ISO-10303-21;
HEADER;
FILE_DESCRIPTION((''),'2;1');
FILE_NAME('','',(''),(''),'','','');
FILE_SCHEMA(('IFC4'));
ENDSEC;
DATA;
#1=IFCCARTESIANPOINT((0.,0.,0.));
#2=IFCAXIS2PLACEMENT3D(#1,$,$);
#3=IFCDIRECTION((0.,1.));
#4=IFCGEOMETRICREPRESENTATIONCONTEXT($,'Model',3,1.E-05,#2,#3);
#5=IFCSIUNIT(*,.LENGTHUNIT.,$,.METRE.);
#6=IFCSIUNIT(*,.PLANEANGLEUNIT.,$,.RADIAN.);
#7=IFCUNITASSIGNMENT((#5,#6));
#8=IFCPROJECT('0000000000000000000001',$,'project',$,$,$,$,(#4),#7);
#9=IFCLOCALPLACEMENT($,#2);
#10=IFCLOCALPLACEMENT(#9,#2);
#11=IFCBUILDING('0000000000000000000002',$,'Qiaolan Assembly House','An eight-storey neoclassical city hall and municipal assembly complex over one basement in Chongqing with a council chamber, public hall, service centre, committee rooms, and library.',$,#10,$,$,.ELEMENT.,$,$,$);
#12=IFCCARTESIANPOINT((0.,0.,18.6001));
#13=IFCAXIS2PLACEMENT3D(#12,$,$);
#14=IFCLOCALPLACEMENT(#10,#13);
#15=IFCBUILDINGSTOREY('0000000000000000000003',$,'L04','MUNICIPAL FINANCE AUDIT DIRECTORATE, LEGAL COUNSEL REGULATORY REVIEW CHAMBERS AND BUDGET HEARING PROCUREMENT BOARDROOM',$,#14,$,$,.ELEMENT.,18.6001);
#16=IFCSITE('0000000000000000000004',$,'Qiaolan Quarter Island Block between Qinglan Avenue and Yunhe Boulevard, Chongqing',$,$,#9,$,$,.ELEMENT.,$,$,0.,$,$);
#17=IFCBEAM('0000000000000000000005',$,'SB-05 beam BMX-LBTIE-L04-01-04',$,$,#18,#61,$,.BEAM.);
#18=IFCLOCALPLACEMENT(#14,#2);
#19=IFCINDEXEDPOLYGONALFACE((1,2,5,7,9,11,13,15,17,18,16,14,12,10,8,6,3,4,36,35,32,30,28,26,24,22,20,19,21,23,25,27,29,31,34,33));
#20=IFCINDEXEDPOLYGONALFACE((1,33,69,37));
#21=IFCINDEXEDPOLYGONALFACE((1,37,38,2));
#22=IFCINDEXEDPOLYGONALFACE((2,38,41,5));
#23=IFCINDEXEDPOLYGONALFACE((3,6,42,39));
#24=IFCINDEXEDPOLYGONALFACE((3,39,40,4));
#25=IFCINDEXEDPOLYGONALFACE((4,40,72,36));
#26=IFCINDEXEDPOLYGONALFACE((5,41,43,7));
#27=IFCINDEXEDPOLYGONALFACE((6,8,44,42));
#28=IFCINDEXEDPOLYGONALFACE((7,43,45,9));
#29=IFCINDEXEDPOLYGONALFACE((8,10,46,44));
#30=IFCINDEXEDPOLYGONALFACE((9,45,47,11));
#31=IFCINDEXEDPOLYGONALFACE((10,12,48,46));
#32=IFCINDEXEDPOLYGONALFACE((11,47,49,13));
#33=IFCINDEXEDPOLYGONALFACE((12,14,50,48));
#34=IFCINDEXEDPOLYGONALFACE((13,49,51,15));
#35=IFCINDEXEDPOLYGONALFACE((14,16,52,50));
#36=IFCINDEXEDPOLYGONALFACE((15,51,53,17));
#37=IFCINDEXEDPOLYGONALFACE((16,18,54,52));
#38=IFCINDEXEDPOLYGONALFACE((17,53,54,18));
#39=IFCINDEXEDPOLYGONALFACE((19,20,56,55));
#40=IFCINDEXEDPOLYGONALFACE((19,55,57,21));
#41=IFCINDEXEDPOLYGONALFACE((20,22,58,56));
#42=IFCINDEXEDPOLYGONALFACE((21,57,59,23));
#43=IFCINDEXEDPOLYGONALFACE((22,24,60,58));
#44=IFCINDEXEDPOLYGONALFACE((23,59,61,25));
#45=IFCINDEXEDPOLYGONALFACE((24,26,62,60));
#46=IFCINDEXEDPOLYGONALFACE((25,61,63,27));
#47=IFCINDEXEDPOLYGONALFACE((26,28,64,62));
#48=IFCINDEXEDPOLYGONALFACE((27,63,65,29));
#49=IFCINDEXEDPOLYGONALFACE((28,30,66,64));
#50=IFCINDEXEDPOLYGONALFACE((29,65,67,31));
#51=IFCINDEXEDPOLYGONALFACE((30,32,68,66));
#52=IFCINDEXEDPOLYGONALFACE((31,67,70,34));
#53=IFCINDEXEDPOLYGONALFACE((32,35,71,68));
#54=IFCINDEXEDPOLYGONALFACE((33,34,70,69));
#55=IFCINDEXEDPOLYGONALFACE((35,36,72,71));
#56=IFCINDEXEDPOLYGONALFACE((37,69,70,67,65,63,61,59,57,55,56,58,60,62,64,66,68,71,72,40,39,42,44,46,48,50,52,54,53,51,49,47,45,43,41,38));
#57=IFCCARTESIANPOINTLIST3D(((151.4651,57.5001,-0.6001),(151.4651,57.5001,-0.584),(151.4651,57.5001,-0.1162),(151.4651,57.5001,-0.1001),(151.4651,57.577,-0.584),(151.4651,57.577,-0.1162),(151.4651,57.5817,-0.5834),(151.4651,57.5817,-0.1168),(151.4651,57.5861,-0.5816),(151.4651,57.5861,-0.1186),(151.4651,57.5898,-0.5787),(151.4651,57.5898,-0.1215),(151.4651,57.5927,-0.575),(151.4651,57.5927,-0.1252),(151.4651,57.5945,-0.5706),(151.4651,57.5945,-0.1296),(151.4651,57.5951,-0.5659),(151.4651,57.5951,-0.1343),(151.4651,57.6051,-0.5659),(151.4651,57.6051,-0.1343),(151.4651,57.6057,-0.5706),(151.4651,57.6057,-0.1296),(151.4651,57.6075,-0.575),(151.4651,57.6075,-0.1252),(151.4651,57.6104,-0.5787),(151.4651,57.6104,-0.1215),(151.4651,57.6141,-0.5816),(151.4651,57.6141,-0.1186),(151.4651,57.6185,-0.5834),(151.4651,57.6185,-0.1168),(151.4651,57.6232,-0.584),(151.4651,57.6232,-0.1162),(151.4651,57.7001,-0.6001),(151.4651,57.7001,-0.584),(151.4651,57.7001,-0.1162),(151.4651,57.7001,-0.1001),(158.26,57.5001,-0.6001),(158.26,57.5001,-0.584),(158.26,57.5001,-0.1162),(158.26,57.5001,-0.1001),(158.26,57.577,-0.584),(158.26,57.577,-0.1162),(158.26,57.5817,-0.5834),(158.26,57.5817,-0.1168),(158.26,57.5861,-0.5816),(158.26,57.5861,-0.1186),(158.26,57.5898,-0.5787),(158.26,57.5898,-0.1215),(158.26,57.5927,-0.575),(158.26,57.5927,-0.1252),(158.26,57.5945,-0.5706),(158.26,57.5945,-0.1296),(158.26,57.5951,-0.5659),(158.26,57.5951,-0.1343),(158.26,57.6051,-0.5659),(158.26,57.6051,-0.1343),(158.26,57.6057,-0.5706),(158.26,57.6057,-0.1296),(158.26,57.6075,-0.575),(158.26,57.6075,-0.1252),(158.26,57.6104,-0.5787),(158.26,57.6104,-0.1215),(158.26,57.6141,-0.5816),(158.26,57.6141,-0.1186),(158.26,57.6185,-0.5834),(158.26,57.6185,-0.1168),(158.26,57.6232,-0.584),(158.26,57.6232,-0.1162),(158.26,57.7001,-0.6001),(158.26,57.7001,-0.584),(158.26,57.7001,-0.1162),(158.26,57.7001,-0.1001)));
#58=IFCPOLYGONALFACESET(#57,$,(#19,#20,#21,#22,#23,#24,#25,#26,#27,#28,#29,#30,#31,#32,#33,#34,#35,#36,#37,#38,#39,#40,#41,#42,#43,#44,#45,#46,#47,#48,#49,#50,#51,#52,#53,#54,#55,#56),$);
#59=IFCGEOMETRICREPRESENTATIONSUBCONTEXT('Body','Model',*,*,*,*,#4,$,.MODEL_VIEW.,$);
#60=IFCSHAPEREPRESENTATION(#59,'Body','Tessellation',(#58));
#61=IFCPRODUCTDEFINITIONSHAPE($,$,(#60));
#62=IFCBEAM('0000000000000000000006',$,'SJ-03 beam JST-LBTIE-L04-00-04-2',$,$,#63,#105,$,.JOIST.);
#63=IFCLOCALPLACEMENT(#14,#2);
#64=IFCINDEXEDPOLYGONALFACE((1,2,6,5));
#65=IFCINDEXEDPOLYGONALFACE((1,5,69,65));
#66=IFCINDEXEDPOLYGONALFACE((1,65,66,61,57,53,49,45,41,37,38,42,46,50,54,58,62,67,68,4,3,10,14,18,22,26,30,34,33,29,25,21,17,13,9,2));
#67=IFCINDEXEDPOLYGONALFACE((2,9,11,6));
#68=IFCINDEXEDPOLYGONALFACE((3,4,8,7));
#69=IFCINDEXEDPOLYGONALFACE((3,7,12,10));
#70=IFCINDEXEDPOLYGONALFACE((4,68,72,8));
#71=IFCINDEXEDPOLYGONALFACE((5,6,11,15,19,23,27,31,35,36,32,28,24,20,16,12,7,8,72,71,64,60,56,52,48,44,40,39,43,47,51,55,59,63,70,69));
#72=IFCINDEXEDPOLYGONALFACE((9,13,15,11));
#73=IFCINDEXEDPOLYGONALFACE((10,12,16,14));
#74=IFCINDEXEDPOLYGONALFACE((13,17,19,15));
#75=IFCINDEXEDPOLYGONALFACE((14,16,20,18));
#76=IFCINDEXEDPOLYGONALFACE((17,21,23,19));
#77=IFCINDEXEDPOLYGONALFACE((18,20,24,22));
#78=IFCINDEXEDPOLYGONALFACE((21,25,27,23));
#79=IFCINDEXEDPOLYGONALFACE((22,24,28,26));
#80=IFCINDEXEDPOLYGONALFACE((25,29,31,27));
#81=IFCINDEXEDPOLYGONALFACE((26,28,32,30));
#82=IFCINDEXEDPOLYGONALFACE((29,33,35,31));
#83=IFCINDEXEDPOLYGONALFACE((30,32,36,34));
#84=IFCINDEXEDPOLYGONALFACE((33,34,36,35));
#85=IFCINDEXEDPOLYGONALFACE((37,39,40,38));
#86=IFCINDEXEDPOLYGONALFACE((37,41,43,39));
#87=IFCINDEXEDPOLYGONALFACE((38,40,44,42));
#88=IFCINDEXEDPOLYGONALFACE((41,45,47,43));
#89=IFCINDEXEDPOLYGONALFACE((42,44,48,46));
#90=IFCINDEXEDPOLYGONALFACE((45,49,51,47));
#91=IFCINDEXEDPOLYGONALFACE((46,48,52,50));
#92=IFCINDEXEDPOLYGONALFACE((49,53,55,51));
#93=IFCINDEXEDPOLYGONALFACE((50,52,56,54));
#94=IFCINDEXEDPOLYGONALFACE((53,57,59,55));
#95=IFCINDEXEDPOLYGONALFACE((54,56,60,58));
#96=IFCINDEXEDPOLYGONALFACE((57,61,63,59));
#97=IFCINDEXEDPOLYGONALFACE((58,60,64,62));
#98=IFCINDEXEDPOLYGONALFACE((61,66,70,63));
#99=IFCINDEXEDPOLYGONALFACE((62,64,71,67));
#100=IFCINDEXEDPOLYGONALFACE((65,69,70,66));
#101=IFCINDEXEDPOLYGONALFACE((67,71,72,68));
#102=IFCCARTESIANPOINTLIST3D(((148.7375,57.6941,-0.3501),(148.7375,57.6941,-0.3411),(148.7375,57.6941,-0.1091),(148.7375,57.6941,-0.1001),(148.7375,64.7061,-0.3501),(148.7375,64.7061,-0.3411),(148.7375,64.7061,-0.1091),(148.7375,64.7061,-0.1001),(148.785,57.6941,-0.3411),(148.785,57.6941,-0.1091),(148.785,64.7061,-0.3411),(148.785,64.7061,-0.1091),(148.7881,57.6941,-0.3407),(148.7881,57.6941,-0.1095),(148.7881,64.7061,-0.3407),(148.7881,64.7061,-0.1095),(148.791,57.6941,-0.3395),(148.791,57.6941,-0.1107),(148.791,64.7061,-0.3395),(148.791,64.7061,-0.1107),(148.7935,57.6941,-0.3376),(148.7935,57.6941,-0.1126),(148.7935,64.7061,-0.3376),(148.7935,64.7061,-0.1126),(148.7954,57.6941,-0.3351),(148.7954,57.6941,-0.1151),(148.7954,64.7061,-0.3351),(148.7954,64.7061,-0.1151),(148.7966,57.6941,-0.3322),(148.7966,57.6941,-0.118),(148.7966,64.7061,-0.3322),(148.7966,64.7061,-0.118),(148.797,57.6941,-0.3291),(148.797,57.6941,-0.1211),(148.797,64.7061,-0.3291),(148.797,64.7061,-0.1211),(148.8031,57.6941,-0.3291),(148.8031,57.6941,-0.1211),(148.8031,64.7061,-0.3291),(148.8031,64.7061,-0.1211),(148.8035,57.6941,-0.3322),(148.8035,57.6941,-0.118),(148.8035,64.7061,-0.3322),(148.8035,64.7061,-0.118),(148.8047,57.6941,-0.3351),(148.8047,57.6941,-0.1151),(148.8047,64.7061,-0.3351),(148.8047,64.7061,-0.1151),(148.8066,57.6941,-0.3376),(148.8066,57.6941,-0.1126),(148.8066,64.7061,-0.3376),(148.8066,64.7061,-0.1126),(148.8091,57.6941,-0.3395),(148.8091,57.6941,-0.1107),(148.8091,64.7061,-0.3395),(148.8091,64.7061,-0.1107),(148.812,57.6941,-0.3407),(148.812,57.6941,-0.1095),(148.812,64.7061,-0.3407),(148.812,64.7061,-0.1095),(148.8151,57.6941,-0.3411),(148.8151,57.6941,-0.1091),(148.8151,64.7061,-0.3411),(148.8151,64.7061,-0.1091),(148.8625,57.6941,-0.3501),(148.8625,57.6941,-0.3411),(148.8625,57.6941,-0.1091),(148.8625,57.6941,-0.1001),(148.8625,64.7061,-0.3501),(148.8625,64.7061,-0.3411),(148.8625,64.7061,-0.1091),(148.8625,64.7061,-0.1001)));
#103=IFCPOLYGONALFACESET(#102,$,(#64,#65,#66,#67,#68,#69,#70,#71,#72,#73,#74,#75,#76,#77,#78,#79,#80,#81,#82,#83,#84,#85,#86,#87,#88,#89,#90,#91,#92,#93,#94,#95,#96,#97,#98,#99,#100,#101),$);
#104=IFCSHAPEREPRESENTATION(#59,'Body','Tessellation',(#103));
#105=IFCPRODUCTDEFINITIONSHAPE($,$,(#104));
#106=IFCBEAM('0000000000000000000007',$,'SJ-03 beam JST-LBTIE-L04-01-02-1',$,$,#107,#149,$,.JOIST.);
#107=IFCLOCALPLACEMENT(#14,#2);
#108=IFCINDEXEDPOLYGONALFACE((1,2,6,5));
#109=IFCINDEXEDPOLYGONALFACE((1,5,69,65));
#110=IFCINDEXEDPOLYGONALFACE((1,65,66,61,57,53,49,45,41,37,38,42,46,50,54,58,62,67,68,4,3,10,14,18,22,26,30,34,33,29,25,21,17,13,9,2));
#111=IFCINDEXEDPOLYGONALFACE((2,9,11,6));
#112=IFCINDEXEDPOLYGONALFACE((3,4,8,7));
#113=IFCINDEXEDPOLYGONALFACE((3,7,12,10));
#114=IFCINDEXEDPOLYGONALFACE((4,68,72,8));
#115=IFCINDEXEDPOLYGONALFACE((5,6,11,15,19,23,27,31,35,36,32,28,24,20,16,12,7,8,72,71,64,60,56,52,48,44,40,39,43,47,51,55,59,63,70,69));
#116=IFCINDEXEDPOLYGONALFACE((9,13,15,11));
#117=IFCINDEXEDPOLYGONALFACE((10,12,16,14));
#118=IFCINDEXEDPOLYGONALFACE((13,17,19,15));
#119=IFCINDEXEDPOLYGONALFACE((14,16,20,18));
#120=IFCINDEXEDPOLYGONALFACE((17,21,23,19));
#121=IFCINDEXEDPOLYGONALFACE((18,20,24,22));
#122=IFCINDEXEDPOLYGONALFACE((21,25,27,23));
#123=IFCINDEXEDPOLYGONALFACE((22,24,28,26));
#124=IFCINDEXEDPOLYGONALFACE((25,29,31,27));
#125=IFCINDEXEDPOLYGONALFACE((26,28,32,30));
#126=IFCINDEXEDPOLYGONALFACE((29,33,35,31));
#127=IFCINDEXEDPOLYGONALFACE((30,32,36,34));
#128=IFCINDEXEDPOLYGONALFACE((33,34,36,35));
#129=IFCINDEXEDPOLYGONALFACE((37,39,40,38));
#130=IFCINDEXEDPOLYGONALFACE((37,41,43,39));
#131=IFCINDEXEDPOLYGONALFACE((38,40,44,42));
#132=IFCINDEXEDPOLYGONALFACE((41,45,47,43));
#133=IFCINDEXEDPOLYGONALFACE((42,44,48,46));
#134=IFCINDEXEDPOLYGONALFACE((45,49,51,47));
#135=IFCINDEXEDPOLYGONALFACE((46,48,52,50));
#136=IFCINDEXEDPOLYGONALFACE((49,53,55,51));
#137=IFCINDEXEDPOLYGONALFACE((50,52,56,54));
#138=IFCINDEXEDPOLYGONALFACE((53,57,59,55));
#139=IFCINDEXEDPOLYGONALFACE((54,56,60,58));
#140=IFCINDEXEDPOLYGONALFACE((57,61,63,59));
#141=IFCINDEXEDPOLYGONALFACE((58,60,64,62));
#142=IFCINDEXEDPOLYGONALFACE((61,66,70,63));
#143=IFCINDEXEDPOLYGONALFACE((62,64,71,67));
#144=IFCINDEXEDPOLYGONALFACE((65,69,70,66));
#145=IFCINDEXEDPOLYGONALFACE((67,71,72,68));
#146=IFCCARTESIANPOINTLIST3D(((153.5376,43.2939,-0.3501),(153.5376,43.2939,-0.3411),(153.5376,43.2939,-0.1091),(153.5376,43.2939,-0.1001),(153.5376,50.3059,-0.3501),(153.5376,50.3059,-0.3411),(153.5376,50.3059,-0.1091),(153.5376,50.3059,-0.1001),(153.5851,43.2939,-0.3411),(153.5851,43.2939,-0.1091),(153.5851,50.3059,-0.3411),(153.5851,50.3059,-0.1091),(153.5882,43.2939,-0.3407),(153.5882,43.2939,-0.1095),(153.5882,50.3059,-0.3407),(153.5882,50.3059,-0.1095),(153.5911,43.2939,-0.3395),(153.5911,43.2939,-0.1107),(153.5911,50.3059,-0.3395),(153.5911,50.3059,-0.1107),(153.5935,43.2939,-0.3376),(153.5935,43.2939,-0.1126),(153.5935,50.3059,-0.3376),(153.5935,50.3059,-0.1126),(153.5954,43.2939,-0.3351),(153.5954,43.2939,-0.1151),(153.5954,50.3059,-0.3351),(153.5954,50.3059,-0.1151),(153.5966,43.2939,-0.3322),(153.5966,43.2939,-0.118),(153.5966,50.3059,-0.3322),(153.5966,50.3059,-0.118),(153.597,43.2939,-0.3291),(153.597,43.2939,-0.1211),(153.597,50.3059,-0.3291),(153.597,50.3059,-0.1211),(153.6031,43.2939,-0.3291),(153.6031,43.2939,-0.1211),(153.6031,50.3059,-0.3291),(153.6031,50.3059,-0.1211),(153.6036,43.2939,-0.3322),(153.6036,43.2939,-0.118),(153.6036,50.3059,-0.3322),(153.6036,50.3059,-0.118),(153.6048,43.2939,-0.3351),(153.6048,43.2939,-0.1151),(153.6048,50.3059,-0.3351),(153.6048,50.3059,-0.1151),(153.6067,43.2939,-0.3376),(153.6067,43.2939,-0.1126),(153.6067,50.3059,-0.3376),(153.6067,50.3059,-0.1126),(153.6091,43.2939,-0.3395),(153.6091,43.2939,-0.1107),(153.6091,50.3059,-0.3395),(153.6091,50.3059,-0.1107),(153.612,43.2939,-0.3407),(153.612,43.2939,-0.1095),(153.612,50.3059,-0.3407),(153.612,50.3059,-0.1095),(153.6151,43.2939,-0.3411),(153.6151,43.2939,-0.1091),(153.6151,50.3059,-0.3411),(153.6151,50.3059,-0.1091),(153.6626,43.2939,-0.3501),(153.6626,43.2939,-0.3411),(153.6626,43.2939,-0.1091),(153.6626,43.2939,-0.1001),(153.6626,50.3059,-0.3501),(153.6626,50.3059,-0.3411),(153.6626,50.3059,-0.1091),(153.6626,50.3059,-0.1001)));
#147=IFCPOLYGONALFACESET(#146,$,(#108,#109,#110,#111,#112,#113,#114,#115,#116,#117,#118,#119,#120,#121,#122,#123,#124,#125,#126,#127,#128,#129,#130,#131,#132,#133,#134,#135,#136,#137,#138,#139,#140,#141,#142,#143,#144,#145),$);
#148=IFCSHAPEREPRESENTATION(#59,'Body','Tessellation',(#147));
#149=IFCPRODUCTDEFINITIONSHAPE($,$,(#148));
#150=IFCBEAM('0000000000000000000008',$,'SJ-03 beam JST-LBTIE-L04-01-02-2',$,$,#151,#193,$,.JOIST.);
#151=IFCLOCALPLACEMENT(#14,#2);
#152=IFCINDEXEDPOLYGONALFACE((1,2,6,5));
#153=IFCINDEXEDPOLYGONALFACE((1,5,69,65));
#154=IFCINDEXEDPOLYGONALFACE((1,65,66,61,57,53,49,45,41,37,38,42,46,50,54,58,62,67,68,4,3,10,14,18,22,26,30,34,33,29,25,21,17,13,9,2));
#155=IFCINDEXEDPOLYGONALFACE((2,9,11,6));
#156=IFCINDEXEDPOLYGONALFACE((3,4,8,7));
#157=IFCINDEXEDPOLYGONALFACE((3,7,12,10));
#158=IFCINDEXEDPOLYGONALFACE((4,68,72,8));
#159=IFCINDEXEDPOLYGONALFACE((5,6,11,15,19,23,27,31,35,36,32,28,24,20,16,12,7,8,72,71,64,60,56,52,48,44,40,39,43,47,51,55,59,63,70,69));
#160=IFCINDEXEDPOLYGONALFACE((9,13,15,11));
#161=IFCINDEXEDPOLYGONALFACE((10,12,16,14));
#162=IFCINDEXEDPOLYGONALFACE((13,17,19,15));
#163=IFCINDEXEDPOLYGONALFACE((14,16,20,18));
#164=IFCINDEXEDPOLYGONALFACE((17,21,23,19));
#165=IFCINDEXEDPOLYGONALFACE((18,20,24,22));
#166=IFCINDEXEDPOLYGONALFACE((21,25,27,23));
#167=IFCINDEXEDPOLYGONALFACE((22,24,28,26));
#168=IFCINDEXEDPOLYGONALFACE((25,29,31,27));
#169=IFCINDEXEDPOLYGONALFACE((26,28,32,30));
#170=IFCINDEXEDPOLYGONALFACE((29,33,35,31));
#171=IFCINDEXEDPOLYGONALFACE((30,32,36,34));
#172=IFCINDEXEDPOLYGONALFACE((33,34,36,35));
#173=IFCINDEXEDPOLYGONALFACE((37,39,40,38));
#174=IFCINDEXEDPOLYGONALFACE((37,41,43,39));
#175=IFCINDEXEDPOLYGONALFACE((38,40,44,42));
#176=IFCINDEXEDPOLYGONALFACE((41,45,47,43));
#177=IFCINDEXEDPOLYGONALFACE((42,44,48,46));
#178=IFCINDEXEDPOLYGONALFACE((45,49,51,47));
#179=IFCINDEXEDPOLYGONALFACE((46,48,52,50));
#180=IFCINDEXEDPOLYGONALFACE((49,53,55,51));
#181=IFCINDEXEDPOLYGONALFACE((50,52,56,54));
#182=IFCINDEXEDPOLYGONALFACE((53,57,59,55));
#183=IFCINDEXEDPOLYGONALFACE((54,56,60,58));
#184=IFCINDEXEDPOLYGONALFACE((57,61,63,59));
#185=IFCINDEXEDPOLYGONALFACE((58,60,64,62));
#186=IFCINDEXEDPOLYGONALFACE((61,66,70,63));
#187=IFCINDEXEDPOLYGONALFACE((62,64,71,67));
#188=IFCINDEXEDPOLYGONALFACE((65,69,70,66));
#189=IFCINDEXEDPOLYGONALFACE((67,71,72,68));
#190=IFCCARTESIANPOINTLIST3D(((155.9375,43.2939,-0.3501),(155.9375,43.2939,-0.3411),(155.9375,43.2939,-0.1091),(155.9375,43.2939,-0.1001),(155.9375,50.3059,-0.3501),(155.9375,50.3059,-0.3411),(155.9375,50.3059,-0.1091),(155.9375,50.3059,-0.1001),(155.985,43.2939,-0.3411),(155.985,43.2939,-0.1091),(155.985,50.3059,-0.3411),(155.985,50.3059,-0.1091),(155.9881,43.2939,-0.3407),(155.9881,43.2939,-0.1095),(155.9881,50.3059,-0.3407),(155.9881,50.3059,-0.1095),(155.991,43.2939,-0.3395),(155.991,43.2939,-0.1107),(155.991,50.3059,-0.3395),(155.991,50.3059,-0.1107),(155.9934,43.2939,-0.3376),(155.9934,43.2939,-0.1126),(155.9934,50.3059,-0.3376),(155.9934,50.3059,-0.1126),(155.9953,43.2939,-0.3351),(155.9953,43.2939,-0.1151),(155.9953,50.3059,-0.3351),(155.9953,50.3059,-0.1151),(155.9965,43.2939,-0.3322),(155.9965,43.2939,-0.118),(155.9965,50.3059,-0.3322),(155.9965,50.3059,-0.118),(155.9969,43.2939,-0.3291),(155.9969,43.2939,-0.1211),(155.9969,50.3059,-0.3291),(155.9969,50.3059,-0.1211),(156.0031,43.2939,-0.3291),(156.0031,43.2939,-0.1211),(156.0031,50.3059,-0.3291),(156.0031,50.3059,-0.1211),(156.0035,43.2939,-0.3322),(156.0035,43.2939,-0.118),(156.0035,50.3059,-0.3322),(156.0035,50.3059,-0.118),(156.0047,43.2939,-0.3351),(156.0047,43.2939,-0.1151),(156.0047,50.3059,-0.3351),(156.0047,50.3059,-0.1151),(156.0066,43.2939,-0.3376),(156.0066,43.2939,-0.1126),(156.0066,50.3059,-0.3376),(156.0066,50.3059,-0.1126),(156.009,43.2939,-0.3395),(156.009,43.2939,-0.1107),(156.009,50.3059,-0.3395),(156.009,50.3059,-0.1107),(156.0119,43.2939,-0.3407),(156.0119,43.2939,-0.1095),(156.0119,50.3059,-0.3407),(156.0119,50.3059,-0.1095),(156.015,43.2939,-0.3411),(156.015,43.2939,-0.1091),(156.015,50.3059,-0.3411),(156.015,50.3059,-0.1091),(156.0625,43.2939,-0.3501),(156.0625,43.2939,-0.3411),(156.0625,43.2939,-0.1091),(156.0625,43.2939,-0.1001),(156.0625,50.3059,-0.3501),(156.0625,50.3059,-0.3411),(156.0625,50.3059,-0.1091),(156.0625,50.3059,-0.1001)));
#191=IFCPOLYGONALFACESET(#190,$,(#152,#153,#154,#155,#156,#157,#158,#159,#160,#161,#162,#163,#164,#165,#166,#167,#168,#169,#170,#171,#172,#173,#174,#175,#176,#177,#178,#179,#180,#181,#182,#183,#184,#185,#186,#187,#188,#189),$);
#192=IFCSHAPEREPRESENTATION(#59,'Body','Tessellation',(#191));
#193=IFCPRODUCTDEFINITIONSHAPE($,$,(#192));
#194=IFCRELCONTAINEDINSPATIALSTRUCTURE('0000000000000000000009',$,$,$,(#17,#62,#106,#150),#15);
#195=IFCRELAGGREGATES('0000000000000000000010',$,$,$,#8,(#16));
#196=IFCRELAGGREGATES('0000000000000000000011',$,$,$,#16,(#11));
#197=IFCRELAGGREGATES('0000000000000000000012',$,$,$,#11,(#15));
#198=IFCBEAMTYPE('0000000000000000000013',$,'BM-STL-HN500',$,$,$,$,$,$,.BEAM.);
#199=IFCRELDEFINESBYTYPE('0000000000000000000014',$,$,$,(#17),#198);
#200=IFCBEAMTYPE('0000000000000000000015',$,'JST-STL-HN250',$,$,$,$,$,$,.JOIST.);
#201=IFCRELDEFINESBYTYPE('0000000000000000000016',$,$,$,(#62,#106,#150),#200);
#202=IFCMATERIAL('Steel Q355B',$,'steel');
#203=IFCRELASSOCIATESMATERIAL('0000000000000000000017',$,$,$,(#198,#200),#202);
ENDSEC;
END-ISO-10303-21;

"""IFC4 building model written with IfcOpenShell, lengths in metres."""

from ifc_helpers import new_model, si_unit, direction, frame, origin, origin_2d, place, context, subcontext, project, spatial, i_section, extrude, material, material_profile, profile_set, type_object, element, save


model = new_model("IFC4")

# Units and contexts
model_context = context("Model", 3, precision=1e-05, world=origin(), true_north=direction((0.0, 1.0)))
body_context = subcontext(model_context, "Body", "Model", "MODEL_VIEW")
ifc_project = project(units=[si_unit("LENGTHUNIT", "METRE"), si_unit("PLANEANGLEUNIT", "RADIAN")], contexts=[model_context])

# Site, building, storey
site_placement = place(None, origin())
site = spatial("IfcSite", under=ifc_project, at=site_placement, Name="Qiaolan Quarter Island Block between Qinglan Avenue and Yunhe Boulevard, Chongqing", CompositionType="ELEMENT", RefElevation=0.0)
building_placement = place(site_placement, origin())
building = spatial("IfcBuilding", under=site, at=building_placement, Name="Qiaolan Assembly House", Description="An eight-storey neoclassical city hall and municipal assembly complex over one basement in Chongqing with a council chamber, public hall, service centre, committee rooms, and library.", CompositionType="ELEMENT")
storey_placement = place(building_placement, frame((0.0, 0.0, 18.6001)))
storey = spatial("IfcBuildingStorey", under=building, at=storey_placement, Name="L04", Description="MUNICIPAL FINANCE AUDIT DIRECTORATE, LEGAL COUNSEL REGULATORY REVIEW CHAMBERS AND BUDGET HEARING PROCUREMENT BOARDROOM", CompositionType="ELEMENT", Elevation=18.6001)

# Beams
ifc_material = material(Name="Steel Q355B", Category="steel")
ifc_material_profile_1 = material_profile(ifc_material, i_section(OverallWidth=0.2, OverallDepth=0.5, WebThickness=0.01, FlangeThickness=0.0161, FilletRadius=0.0181, at=origin_2d()), Name="HN 500x200x10x16")
ifc_profile_set_1 = profile_set([ifc_material_profile_1], Name="Steel Q355B")
beam_type_1 = type_object("IfcBeamType", Name="BM-STL-HN500", PredefinedType="BEAM", material=ifc_profile_set_1)
for number, where, z_axis, x_axis, name in (
    (1, (151.4651, 57.6001, -0.3501), (1.0, 0.0, 0.0), (0.0, 1.0, 0.0), "SB-05 beam BMX-LBTIE-L04-01-04"),
):
    element("IfcBeam", number, at=place(storey_placement, frame(where, z_axis=z_axis, x_axis=x_axis)), inside=storey, type_object=beam_type_1, Name=name, PredefinedType="BEAM", context=body_context, shape_type="SweptSolid", body=[
        extrude(i_section(OverallWidth=0.2, OverallDepth=0.5, WebThickness=0.01, FlangeThickness=0.0161, FilletRadius=0.0181, at=origin_2d()), origin(), (0.0, 0.0, 1.0), 6.7949),
    ])
ifc_material_profile_2 = material_profile(ifc_material, i_section(OverallWidth=0.125, OverallDepth=0.25, WebThickness=0.0061, FlangeThickness=0.009, FilletRadius=0.012, at=origin_2d()), Name="HN 250x125x6x9")
ifc_profile_set_2 = profile_set([ifc_material_profile_2], Name="Steel Q355B")
beam_type_2 = type_object("IfcBeamType", Name="JST-STL-HN250", PredefinedType="JOIST", material=ifc_profile_set_2)
for number, where, z_axis, x_axis, name in (
    (2, (148.8, 57.6941, -0.2251), (0.0, 1.0, 0.0), (-1.0, 0.0, 0.0), "SJ-03 beam JST-LBTIE-L04-00-04-2"),
    (3, (153.6001, 43.2939, -0.2251), (0.0, 1.0, 0.0), (-1.0, 0.0, 0.0), "SJ-03 beam JST-LBTIE-L04-01-02-1"),
    (4, (156.0, 43.2939, -0.2251), (0.0, 1.0, 0.0), (-1.0, 0.0, 0.0), "SJ-03 beam JST-LBTIE-L04-01-02-2"),
):
    element("IfcBeam", number, at=place(storey_placement, frame(where, z_axis=z_axis, x_axis=x_axis)), inside=storey, type_object=beam_type_2, Name=name, PredefinedType="JOIST", context=body_context, shape_type="SweptSolid", body=[
        extrude(i_section(OverallWidth=0.125, OverallDepth=0.25, WebThickness=0.0061, FlangeThickness=0.009, FilletRadius=0.012, at=origin_2d()), origin(), (0.0, 0.0, 1.0), 7.012),
    ])

save(model, "model.ifc")
